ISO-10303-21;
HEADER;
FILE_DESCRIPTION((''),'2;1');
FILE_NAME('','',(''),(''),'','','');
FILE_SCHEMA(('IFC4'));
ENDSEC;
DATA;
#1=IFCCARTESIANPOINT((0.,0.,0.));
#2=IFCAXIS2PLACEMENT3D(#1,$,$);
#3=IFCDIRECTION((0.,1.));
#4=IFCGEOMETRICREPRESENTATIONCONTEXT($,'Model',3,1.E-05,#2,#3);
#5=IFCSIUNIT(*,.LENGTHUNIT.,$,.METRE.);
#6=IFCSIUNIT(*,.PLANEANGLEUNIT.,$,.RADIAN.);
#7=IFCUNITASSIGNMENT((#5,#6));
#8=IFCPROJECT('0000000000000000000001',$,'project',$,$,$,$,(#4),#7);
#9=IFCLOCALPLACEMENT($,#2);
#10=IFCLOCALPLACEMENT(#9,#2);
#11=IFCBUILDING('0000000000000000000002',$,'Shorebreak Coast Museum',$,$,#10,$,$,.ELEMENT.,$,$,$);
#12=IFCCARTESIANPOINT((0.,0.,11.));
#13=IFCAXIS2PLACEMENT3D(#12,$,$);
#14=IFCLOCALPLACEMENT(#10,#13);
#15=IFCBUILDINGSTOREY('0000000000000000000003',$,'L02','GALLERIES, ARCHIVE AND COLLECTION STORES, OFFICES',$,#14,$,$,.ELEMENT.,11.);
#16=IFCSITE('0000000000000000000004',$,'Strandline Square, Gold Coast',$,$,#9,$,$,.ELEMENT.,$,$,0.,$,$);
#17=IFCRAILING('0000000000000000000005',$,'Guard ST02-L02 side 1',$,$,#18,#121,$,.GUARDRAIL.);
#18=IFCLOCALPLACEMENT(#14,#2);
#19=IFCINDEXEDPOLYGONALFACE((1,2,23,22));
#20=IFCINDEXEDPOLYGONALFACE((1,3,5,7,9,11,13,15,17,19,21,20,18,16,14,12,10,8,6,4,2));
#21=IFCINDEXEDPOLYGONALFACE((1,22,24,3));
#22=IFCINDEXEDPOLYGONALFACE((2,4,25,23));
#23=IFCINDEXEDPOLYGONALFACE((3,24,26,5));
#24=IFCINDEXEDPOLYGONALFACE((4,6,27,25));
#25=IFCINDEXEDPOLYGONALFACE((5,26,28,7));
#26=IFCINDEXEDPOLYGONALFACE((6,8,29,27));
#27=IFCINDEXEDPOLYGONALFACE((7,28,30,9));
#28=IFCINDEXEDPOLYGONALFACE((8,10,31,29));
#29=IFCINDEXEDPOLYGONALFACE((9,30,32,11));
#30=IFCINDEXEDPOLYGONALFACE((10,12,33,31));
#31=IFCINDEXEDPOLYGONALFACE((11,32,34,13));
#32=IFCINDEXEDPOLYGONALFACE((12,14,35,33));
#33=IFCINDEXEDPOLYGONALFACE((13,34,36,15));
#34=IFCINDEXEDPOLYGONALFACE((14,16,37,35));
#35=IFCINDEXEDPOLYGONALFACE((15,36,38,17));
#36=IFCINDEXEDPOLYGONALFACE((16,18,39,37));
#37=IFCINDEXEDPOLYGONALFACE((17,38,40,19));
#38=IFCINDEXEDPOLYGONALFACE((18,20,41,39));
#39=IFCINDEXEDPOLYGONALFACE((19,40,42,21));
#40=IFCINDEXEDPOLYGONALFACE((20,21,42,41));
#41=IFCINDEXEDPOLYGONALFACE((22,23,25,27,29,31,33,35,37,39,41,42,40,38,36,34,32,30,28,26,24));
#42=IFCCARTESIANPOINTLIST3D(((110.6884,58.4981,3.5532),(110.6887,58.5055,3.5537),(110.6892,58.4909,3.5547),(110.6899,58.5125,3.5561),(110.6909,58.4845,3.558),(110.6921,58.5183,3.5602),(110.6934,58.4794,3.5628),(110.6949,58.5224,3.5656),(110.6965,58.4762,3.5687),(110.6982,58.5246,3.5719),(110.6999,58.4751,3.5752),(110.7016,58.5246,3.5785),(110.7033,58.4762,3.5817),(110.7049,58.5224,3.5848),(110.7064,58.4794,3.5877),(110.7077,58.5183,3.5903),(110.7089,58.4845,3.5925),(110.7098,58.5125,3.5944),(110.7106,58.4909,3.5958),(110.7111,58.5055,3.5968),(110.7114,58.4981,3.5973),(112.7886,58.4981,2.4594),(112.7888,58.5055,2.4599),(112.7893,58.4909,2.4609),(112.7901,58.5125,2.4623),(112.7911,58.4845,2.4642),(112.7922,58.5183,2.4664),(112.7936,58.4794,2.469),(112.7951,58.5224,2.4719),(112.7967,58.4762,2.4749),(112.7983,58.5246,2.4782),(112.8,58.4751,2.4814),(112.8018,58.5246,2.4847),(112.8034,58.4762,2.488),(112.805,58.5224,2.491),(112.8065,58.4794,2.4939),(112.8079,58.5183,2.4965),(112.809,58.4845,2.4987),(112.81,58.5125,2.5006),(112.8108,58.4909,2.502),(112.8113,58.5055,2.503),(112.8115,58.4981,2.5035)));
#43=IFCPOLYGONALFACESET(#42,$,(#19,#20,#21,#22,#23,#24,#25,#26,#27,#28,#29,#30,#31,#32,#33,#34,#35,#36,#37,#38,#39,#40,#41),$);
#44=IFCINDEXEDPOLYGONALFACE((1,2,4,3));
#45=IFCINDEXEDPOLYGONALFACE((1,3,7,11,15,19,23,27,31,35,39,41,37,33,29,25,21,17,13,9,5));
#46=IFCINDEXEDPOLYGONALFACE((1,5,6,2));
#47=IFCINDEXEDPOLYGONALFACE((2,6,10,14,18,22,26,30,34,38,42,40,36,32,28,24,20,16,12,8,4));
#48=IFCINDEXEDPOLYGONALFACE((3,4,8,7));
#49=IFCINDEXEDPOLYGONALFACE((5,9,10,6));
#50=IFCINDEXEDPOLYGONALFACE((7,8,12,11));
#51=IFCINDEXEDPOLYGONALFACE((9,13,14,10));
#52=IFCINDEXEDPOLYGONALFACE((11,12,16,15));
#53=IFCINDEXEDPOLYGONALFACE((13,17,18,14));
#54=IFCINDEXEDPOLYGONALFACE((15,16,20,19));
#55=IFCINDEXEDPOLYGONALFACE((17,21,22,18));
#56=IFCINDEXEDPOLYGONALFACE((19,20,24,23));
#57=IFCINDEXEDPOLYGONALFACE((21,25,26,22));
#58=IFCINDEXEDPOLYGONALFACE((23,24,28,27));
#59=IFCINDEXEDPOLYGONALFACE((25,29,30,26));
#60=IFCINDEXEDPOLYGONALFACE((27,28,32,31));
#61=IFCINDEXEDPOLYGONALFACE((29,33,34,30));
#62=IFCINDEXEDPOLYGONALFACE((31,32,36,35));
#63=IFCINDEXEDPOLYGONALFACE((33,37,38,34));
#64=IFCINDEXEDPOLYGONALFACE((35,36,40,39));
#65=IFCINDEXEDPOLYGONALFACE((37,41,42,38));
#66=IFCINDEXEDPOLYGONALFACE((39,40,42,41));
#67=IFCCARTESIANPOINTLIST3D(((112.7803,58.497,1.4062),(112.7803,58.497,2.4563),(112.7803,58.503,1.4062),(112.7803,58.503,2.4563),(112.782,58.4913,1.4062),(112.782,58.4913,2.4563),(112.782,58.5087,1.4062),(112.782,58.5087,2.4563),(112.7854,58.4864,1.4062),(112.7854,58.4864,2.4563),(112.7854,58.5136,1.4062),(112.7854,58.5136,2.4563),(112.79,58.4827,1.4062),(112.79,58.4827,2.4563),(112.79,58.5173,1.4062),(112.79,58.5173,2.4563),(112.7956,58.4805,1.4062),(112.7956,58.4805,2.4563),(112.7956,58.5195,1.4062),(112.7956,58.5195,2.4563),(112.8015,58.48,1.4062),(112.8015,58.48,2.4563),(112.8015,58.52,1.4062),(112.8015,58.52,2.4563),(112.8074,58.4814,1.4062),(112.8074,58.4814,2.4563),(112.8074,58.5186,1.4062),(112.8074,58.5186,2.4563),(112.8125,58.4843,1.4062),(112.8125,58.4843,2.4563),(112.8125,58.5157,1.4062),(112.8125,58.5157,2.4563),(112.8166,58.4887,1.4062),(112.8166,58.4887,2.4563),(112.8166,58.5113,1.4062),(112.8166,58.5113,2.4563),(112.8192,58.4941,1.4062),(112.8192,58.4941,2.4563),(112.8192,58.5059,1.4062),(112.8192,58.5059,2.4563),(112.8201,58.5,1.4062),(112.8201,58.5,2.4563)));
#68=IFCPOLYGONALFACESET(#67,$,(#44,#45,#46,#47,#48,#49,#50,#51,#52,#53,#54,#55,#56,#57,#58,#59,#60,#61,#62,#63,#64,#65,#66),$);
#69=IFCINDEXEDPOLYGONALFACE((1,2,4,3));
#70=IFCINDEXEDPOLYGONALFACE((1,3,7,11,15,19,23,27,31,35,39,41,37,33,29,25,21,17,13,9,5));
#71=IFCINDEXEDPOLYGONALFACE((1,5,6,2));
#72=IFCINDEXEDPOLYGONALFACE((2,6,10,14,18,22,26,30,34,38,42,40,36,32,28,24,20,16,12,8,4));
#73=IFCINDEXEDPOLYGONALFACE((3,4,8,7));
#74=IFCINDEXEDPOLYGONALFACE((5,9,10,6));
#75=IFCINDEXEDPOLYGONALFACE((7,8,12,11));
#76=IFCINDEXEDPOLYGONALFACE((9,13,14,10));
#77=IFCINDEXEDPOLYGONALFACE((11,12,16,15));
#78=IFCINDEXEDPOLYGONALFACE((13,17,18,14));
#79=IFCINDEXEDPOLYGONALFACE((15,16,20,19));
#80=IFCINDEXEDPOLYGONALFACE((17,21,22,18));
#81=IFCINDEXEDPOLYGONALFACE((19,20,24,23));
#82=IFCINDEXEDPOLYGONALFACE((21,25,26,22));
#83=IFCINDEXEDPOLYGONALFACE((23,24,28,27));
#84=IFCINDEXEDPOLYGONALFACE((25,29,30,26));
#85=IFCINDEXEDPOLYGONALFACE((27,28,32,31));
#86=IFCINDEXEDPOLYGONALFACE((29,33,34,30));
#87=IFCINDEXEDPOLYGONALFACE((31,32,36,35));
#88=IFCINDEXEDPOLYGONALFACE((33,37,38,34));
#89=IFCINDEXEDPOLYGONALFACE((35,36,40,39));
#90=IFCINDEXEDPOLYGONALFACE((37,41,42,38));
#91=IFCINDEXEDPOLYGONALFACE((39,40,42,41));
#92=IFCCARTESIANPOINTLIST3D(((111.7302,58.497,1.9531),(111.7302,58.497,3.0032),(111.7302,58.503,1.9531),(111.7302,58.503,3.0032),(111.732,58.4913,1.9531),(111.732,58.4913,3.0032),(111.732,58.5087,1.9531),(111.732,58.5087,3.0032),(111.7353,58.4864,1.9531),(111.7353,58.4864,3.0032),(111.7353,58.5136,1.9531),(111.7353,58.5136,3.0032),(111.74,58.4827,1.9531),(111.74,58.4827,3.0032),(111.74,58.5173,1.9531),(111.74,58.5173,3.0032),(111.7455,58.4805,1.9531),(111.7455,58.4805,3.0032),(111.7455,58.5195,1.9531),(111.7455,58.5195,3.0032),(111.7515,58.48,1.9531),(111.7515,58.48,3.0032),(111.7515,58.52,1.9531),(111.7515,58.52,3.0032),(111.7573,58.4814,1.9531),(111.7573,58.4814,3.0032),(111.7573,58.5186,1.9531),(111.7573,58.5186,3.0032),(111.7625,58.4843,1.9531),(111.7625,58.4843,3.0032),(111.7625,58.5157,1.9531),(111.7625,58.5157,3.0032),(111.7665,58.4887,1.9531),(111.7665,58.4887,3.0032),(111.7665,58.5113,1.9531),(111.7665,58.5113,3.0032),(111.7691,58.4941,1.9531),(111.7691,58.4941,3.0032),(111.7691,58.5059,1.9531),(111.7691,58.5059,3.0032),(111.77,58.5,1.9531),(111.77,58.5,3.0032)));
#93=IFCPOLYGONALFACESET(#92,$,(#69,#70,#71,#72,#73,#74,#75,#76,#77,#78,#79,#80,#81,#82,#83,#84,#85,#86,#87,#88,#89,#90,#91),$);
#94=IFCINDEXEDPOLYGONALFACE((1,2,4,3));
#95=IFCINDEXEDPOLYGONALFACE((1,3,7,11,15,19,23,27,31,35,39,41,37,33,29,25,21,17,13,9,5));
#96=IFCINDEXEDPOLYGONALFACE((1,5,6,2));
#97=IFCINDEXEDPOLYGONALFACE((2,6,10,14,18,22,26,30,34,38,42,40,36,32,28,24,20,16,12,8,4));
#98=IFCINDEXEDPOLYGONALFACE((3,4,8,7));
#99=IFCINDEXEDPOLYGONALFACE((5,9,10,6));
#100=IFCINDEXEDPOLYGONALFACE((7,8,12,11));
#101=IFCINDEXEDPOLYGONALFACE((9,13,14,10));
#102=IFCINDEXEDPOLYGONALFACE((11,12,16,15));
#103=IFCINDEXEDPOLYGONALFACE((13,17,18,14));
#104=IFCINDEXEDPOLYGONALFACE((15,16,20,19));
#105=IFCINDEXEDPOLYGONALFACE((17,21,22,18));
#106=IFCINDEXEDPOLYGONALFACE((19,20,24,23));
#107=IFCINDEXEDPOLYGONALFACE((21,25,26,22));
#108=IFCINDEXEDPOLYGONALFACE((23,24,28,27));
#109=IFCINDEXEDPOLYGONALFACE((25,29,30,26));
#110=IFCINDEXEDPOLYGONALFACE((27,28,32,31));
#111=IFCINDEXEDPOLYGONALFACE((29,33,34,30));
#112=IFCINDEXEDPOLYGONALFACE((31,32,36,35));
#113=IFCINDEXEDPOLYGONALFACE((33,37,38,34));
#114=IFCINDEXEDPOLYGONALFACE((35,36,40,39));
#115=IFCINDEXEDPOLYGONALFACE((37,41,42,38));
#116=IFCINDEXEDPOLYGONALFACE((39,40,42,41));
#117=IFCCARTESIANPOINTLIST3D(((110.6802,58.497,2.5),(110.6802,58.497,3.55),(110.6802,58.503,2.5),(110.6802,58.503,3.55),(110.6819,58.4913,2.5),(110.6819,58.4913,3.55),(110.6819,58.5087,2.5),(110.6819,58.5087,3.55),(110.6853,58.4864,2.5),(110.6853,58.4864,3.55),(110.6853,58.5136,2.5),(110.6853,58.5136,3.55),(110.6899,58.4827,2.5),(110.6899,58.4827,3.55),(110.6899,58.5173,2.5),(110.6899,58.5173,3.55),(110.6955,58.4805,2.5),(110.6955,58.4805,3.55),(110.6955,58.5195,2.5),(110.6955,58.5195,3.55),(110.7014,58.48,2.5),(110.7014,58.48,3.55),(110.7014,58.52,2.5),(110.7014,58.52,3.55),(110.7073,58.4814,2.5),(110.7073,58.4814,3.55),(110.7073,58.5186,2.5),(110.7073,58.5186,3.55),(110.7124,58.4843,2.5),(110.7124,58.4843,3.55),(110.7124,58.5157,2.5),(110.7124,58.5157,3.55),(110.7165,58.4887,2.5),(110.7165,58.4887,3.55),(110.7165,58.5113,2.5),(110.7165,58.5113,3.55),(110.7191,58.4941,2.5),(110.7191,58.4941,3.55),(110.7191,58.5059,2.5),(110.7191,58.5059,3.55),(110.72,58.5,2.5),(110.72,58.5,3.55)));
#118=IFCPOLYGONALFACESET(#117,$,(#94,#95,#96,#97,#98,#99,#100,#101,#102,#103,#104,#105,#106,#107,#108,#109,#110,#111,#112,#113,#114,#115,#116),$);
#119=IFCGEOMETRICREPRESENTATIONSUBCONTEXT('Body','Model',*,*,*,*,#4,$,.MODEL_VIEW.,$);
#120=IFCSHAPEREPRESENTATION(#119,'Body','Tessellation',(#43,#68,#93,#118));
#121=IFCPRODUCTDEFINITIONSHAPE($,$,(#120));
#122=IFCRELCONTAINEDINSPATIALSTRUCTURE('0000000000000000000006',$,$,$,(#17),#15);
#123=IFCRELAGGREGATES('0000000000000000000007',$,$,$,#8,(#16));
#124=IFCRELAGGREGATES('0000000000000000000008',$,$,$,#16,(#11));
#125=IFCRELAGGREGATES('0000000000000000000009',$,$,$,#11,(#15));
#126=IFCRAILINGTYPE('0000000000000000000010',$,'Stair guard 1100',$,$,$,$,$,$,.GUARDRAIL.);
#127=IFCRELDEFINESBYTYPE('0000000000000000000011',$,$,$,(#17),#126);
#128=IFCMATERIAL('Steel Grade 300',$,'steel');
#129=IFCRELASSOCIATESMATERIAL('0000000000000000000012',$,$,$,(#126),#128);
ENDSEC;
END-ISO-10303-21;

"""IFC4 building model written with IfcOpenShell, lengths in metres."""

from ifc_helpers import new_model, si_unit, direction, frame, origin, origin_2d, place, context, subcontext, project, spatial, circle, extrude, material, type_object, element, save


model = new_model("IFC4")

# Units and contexts
model_context = context("Model", 3, precision=1e-05, world=origin(), true_north=direction((0.0, 1.0)))
body_context = subcontext(model_context, "Body", "Model", "MODEL_VIEW")
ifc_project = project(units=[si_unit("LENGTHUNIT", "METRE"), si_unit("PLANEANGLEUNIT", "RADIAN")], contexts=[model_context])

# Site, building, storey
site_placement = place(None, origin())
site = spatial("IfcSite", under=ifc_project, at=site_placement, Name="Strandline Square, Gold Coast", CompositionType="ELEMENT", RefElevation=0.0)
building_placement = place(site_placement, origin())
building = spatial("IfcBuilding", under=site, at=building_placement, Name="Shorebreak Coast Museum", CompositionType="ELEMENT")
storey_placement = place(building_placement, frame((0.0, 0.0, 11.0)))
storey = spatial("IfcBuildingStorey", under=building, at=storey_placement, Name="L02", Description="GALLERIES, ARCHIVE AND COLLECTION STORES, OFFICES", CompositionType="ELEMENT", Elevation=11.0)

# Railing
ifc_material_1 = material(Name="Steel Grade 300", Category="steel")
railing_type_1 = type_object("IfcRailingType", Name="Stair guard 1100", PredefinedType="GUARDRAIL", material=ifc_material_1)
for number, where, name in (
    (1, (112.8, 58.5, 1.4062), "Guard ST02-L02 side 1"),
):
    element("IfcRailing", number, at=place(storey_placement, frame(where)), inside=storey, type_object=railing_type_1, Name=name, PredefinedType="GUARDRAIL", context=body_context, shape_type="SweptSolid", body=[
        extrude(circle(Radius=0.0249, at=origin_2d()), frame((0.0, 0.0, 1.0752), z_axis=(-0.886923, 0.0, 0.461918), x_axis=(0.0, -1.0, 0.0)), (0.0, 0.0, 1.0), 2.3679),
        extrude(circle(Radius=0.02, at=origin_2d()), origin(), (0.0, 0.0, 1.0), 1.05),
        extrude(circle(Radius=0.02, at=origin_2d()), frame((-1.05, 0.0, 0.5469)), (0.0, 0.0, 1.0), 1.05),
        extrude(circle(Radius=0.02, at=origin_2d()), frame((-2.1001, 0.0, 1.0938)), (0.0, 0.0, 1.0), 1.05),
    ])

save(model, "model.ifc")
